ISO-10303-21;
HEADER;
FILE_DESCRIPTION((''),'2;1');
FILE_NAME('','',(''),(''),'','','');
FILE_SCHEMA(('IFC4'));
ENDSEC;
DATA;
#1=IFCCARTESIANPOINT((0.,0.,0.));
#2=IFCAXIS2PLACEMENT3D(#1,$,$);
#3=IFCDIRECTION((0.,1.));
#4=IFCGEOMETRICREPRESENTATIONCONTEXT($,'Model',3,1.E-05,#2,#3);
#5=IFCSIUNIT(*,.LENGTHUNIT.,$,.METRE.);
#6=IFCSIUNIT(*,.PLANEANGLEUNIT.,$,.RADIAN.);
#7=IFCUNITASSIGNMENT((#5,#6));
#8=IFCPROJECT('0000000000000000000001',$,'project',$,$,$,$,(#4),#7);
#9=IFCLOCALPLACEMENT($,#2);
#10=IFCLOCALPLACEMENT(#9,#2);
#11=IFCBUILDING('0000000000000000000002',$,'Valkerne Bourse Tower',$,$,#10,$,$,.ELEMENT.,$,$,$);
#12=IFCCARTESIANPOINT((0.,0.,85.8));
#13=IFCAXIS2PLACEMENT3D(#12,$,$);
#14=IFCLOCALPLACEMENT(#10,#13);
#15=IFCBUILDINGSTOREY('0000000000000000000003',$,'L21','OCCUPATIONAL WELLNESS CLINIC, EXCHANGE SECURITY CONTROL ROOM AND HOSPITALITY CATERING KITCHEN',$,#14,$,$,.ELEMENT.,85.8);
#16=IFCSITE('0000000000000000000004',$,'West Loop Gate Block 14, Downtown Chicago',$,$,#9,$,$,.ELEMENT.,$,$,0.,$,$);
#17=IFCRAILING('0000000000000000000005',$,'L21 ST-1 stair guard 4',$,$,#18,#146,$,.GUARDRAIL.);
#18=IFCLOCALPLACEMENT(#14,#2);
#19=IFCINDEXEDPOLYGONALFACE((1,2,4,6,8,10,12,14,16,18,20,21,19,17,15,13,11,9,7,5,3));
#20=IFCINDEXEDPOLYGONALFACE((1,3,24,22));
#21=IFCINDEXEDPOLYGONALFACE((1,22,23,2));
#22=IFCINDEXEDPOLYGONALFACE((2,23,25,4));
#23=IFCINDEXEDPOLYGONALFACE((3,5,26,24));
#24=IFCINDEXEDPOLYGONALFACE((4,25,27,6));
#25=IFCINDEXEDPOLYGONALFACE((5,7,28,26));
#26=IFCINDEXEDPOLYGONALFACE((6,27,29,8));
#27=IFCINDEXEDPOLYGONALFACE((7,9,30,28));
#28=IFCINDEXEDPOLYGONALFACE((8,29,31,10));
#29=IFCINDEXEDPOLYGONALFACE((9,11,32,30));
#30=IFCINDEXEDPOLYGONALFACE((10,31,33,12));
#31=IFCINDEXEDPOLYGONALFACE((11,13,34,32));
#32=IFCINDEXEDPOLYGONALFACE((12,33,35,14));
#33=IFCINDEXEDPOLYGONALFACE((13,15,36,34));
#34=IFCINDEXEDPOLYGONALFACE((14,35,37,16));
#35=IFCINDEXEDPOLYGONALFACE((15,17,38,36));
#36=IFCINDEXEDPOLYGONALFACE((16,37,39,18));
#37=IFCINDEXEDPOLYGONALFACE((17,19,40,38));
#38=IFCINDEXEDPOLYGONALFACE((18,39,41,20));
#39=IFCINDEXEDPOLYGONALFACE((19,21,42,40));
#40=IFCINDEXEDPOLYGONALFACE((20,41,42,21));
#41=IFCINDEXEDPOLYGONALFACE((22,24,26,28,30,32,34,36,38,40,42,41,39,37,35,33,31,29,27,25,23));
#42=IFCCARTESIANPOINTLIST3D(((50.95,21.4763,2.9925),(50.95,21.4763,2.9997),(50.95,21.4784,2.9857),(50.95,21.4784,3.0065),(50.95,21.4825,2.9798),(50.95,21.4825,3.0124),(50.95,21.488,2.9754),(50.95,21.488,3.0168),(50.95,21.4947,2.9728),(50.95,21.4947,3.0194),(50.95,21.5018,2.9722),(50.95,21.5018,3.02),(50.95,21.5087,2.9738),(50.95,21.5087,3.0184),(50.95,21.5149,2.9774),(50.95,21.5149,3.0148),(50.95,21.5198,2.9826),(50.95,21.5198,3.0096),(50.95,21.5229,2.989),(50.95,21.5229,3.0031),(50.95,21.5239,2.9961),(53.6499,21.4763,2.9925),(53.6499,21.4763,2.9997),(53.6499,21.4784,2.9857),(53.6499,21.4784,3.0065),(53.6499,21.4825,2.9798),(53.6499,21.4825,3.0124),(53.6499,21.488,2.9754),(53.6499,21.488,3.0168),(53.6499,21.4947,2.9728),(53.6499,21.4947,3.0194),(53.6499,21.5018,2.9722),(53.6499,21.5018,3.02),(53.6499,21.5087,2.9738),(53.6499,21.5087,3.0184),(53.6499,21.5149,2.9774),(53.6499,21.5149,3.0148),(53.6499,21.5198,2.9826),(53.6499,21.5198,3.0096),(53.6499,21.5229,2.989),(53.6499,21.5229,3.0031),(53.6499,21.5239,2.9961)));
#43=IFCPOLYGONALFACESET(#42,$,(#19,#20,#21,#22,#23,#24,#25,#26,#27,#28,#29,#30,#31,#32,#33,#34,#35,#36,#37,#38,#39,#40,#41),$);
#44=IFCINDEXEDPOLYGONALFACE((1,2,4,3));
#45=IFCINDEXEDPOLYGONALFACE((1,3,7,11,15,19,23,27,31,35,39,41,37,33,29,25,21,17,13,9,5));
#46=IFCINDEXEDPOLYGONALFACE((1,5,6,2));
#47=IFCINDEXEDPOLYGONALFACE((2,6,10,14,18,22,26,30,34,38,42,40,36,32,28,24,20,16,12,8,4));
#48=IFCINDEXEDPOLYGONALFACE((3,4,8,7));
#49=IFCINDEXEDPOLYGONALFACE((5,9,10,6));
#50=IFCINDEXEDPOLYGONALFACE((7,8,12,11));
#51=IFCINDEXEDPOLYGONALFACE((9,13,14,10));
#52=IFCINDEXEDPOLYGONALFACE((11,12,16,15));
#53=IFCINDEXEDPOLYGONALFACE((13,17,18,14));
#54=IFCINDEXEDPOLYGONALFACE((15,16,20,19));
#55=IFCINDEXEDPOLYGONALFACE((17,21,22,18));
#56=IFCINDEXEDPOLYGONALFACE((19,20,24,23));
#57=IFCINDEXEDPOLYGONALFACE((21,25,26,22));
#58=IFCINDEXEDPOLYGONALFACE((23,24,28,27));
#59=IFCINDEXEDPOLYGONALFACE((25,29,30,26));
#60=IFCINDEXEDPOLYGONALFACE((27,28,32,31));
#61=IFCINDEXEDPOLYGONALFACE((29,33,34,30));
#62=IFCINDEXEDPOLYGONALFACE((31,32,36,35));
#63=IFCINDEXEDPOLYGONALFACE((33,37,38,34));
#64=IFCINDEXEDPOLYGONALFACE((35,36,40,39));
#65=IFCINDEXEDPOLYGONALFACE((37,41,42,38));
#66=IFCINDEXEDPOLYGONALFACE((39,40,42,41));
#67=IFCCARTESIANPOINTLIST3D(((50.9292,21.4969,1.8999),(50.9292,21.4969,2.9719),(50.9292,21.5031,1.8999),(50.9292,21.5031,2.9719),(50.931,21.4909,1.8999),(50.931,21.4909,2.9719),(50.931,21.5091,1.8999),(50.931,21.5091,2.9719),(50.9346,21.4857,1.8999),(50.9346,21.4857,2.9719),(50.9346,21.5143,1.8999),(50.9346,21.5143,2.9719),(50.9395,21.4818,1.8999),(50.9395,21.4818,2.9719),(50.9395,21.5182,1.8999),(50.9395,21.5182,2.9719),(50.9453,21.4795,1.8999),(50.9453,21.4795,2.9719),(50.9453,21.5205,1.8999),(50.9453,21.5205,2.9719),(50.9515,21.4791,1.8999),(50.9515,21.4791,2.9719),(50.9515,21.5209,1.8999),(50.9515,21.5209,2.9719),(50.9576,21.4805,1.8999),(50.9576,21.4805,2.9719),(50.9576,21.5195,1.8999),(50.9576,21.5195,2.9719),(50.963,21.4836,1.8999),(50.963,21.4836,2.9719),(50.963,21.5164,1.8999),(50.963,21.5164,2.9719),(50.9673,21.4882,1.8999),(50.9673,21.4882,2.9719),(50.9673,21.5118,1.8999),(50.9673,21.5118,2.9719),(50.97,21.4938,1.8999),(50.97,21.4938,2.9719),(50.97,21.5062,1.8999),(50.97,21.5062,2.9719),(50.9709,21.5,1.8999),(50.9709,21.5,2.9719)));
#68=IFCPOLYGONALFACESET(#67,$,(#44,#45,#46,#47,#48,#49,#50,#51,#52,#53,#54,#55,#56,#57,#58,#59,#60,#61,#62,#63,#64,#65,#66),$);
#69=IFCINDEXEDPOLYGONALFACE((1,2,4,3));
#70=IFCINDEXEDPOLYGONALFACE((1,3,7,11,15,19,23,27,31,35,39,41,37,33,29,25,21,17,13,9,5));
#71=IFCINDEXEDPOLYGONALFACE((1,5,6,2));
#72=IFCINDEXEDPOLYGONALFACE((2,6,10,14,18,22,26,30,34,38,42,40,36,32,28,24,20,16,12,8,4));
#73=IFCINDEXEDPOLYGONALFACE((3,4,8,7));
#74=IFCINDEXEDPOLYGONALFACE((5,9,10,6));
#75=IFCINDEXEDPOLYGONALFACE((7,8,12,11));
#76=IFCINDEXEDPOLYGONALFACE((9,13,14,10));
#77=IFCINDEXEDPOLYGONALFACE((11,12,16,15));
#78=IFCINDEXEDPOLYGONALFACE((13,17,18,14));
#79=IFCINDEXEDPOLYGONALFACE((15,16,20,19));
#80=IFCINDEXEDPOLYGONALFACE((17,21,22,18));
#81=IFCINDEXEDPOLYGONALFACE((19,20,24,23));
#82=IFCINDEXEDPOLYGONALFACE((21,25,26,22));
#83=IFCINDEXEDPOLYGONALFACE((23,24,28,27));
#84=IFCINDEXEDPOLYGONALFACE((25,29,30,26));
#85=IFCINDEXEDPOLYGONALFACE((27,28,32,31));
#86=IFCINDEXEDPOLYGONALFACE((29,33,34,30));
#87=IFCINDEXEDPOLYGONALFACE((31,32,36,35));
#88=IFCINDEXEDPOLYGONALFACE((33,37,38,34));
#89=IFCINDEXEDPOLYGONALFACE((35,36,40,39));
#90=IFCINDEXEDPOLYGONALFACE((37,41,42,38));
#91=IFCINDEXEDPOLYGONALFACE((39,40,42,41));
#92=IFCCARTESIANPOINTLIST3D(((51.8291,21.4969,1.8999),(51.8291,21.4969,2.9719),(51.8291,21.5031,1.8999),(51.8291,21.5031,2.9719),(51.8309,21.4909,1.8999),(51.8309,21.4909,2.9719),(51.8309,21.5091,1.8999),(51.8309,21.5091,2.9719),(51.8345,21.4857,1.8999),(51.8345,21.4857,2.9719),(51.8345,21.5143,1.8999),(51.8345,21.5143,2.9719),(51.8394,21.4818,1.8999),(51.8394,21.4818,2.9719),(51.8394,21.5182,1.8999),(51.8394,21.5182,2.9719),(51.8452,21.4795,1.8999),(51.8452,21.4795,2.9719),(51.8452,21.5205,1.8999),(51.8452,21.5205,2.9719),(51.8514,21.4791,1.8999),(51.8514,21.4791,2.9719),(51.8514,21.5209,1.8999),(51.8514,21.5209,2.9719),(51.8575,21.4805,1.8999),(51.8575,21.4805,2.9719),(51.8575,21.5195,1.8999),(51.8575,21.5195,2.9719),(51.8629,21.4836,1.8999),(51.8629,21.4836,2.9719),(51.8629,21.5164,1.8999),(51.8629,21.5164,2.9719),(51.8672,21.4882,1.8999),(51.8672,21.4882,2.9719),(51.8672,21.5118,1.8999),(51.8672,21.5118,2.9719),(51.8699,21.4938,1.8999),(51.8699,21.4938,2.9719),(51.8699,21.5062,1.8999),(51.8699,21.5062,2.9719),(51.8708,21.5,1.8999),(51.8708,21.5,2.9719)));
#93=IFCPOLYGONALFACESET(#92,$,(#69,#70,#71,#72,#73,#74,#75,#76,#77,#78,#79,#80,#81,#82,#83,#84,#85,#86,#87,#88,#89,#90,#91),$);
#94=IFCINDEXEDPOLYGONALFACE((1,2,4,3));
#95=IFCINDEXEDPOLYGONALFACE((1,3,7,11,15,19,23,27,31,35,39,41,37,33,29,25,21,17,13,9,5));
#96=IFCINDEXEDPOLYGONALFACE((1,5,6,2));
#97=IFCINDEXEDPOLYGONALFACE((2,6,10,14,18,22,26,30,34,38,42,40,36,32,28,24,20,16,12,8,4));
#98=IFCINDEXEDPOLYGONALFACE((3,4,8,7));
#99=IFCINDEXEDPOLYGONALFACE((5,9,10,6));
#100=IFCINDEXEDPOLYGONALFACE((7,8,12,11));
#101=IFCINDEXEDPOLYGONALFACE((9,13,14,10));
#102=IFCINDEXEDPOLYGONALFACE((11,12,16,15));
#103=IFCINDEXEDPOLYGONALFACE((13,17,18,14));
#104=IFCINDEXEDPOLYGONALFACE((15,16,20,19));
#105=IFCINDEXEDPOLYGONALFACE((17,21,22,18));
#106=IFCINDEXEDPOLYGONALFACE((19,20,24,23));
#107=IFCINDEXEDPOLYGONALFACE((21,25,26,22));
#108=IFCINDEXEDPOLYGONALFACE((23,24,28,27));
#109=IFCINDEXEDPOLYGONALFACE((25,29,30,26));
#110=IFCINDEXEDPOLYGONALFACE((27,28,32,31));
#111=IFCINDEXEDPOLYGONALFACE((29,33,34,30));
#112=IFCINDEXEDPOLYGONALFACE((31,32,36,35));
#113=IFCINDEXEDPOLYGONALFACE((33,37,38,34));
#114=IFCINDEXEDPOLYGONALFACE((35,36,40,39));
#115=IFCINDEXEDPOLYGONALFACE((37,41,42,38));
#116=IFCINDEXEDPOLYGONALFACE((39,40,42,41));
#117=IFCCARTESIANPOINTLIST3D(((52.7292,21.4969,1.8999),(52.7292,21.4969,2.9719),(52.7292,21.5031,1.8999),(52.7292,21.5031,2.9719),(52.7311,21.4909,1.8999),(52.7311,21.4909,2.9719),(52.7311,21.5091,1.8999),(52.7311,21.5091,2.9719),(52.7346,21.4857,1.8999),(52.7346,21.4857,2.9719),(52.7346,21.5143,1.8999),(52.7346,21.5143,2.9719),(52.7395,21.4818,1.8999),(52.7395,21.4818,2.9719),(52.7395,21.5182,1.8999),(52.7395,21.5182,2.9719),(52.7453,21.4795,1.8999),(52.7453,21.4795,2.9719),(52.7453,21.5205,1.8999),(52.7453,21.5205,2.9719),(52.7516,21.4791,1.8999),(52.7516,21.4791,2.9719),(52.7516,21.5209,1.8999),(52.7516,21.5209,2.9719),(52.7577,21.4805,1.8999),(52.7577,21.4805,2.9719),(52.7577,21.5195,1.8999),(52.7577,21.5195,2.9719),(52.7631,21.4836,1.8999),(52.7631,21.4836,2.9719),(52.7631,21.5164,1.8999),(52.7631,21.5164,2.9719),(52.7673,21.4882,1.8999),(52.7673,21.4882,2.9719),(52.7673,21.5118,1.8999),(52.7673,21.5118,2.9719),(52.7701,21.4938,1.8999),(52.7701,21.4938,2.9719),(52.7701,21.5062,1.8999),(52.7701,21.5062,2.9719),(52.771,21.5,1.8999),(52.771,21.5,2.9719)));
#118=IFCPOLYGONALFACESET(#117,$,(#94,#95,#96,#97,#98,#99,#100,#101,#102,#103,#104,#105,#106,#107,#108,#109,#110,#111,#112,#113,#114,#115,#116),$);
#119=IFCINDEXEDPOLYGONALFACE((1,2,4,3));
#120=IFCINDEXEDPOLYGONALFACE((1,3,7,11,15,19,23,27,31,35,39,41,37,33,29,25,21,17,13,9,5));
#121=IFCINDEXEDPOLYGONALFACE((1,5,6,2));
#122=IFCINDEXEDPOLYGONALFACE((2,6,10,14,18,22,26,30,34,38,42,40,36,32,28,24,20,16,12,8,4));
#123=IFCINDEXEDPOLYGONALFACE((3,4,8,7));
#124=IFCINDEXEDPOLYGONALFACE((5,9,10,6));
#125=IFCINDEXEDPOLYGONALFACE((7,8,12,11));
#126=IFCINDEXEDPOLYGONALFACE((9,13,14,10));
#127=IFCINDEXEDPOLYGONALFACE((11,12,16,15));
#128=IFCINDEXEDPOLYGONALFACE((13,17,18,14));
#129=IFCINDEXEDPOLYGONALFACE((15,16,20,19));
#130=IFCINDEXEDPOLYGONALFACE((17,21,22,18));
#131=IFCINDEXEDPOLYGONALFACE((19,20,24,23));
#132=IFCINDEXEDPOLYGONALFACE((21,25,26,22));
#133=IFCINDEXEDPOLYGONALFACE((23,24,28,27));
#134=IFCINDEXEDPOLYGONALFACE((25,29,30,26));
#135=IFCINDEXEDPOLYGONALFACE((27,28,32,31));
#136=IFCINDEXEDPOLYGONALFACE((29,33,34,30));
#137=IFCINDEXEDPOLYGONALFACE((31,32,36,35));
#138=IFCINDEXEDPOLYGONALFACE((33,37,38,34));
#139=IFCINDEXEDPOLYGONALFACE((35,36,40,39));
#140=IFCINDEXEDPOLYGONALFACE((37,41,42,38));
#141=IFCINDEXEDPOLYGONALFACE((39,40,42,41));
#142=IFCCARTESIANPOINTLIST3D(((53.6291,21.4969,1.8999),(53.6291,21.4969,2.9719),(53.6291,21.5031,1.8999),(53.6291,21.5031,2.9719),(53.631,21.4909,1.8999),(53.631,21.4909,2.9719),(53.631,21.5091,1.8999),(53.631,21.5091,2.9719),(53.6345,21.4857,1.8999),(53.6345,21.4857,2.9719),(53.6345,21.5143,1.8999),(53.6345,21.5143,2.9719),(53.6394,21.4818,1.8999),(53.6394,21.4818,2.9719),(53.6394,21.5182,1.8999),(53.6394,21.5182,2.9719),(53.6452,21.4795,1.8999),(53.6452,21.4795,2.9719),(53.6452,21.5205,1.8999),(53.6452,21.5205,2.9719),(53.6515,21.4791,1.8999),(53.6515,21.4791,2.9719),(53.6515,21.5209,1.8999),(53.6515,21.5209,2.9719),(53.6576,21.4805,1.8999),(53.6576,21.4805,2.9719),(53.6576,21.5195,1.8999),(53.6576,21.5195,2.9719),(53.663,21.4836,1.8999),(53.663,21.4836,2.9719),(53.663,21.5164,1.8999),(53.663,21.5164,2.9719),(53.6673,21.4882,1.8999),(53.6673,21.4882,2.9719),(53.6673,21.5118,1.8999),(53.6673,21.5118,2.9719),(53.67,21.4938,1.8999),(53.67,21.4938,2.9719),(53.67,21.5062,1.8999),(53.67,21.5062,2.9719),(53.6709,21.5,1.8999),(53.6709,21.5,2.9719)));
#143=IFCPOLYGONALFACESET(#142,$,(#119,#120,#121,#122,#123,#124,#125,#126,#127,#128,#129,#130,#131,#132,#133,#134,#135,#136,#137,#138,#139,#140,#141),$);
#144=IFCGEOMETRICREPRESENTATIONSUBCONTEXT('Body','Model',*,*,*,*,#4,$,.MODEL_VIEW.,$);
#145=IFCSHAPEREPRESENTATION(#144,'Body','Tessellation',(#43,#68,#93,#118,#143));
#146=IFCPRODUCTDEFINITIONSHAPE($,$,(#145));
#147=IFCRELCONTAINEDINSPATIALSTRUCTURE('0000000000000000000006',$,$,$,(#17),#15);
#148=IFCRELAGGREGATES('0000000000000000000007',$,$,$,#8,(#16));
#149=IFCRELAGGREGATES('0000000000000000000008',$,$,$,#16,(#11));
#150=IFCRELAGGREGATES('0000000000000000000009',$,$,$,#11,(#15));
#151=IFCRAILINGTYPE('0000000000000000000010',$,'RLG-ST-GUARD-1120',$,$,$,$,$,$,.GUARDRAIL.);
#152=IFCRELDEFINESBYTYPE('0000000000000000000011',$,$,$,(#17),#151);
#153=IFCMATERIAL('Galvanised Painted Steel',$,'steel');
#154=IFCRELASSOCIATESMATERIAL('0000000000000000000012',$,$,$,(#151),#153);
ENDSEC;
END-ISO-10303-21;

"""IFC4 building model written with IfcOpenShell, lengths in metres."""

from ifc_helpers import new_model, si_unit, direction, frame, origin, origin_2d, place, context, subcontext, project, spatial, circle, extrude, material, type_object, element, save


model = new_model("IFC4")

# Units and contexts
model_context = context("Model", 3, precision=1e-05, world=origin(), true_north=direction((0.0, 1.0)))
body_context = subcontext(model_context, "Body", "Model", "MODEL_VIEW")
ifc_project = project(units=[si_unit("LENGTHUNIT", "METRE"), si_unit("PLANEANGLEUNIT", "RADIAN")], contexts=[model_context])

# Site, building, storey
site_placement = place(None, origin())
site = spatial("IfcSite", under=ifc_project, at=site_placement, Name="West Loop Gate Block 14, Downtown Chicago", CompositionType="ELEMENT", RefElevation=0.0)
building_placement = place(site_placement, origin())
building = spatial("IfcBuilding", under=site, at=building_placement, Name="Valkerne Bourse Tower", CompositionType="ELEMENT")
storey_placement = place(building_placement, frame((0.0, 0.0, 85.8)))
storey = spatial("IfcBuildingStorey", under=building, at=storey_placement, Name="L21", Description="OCCUPATIONAL WELLNESS CLINIC, EXCHANGE SECURITY CONTROL ROOM AND HOSPITALITY CATERING KITCHEN", CompositionType="ELEMENT", Elevation=85.8)

# Shared definitions
ifc_material_1 = material(Name="Galvanised Painted Steel", Category="steel")

# Railing
railing_type_1 = type_object("IfcRailingType", Name="RLG-ST-GUARD-1120", PredefinedType="GUARDRAIL", material=ifc_material_1)
railing_1_placement = place(storey_placement, frame((50.95, 21.5, 1.8999)))
element("IfcRailing", 1, at=railing_1_placement, inside=storey, type_object=railing_type_1, Name="L21 ST-1 stair guard 4", PredefinedType="GUARDRAIL", context=body_context, shape_type="SweptSolid", body=[
    extrude(circle(Radius=0.0239, at=origin_2d()), frame((0.0, 0.0, 1.0962), z_axis=(1.0, 0.0, 0.0), x_axis=(0.0, 1.0, 0.0)), (0.0, 0.0, 1.0), 2.7),
    extrude(circle(Radius=0.021, at=origin_2d()), origin(), (0.0, 0.0, 1.0), 1.072),
    extrude(circle(Radius=0.021, at=origin_2d()), frame((0.8999, 0.0, 0.0)), (0.0, 0.0, 1.0), 1.072),
    extrude(circle(Radius=0.021, at=origin_2d()), frame((1.8, 0.0, 0.0)), (0.0, 0.0, 1.0), 1.072),
    extrude(circle(Radius=0.021, at=origin_2d()), frame((2.7, 0.0, 0.0)), (0.0, 0.0, 1.0), 1.072),
])

save(model, "model.ifc")
